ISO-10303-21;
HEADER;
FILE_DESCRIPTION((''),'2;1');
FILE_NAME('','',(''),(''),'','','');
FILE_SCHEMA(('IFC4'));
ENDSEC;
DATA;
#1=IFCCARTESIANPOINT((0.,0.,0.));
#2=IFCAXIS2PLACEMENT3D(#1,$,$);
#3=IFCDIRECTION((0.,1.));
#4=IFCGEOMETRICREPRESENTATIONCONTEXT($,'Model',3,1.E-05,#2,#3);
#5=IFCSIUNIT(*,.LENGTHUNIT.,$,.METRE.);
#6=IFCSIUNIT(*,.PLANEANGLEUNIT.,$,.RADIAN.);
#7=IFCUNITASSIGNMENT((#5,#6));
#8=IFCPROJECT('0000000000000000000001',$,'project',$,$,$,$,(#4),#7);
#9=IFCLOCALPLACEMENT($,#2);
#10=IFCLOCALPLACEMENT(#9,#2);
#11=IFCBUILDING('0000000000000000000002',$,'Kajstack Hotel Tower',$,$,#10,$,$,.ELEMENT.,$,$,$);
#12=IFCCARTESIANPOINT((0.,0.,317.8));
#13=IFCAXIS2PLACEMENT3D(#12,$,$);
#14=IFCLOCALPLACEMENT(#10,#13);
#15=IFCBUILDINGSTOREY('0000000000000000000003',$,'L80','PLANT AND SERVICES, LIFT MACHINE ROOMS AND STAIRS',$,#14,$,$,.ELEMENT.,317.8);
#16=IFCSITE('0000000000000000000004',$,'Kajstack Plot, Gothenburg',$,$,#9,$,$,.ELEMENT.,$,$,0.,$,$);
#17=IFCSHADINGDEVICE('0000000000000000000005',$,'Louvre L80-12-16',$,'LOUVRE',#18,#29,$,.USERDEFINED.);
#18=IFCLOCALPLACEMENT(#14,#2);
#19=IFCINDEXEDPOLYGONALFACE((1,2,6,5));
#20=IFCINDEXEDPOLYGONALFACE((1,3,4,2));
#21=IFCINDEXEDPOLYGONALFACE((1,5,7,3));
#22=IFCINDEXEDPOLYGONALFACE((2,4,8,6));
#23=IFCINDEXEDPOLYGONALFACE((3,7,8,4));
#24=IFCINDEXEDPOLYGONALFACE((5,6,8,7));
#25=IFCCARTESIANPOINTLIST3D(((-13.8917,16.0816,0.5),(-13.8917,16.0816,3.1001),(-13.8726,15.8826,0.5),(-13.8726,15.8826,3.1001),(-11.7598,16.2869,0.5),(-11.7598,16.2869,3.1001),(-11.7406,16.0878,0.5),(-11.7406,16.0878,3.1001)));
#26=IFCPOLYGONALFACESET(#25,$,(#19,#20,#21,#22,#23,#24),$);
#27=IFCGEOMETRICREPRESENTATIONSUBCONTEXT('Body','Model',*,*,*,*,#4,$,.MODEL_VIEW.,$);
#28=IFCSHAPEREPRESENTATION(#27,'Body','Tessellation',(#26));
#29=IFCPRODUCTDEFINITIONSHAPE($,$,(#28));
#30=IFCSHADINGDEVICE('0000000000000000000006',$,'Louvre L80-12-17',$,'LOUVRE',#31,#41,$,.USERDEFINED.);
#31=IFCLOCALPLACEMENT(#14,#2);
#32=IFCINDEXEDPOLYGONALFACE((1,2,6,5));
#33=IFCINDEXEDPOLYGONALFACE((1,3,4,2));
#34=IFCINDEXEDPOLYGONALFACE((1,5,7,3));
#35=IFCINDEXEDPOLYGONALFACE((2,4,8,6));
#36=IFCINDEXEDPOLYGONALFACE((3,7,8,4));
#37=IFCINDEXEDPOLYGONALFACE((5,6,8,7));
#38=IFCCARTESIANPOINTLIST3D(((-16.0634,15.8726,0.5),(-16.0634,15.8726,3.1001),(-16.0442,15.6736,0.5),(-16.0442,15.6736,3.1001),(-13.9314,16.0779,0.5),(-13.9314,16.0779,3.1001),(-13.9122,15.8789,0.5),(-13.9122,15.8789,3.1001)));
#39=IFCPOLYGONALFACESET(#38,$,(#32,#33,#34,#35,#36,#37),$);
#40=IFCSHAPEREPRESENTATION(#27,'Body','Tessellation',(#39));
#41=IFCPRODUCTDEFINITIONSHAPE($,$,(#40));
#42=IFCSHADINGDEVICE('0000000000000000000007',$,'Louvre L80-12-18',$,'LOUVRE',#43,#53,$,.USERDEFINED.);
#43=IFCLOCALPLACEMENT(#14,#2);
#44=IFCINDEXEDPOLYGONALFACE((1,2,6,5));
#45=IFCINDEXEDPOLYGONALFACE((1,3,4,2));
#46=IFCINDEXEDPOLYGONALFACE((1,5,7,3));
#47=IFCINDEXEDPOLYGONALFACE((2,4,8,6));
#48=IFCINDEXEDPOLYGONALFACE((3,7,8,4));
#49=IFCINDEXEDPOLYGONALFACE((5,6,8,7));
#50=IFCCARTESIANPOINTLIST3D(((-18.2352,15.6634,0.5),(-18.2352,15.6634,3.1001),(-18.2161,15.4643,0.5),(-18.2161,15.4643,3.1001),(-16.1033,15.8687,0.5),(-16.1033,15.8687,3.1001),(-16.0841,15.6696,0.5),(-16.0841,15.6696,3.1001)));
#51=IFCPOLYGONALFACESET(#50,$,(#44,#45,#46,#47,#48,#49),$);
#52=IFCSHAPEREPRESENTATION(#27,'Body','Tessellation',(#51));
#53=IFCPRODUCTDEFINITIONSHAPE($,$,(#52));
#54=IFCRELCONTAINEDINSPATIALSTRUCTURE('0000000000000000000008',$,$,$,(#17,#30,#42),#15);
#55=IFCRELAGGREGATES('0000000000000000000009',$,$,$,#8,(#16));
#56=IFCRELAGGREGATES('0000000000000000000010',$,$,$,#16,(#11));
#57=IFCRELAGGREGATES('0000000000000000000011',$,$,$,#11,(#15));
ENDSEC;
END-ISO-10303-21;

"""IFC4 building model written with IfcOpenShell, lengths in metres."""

from ifc_helpers import new_model, si_unit, direction, frame, origin, origin_2d, place, context, subcontext, project, spatial, rectangle, extrude, element, save


model = new_model("IFC4")

# Units and contexts
model_context = context("Model", 3, precision=1e-05, world=origin(), true_north=direction((0.0, 1.0)))
body_context = subcontext(model_context, "Body", "Model", "MODEL_VIEW")
ifc_project = project(units=[si_unit("LENGTHUNIT", "METRE"), si_unit("PLANEANGLEUNIT", "RADIAN")], contexts=[model_context])

# Site, building, storey
site_placement = place(None, origin())
site = spatial("IfcSite", under=ifc_project, at=site_placement, Name="Kajstack Plot, Gothenburg", CompositionType="ELEMENT", RefElevation=0.0)
building_placement = place(site_placement, origin())
building = spatial("IfcBuilding", under=site, at=building_placement, Name="Kajstack Hotel Tower", CompositionType="ELEMENT")
storey_placement = place(building_placement, frame((0.0, 0.0, 317.8)))
storey = spatial("IfcBuildingStorey", under=building, at=storey_placement, Name="L80", Description="PLANT AND SERVICES, LIFT MACHINE ROOMS AND STAIRS", CompositionType="ELEMENT", Elevation=317.8)

# Shading devices
for number, where, z_axis, x_axis, name in (
    (1, (-12.8162, 16.0847, 0.5), (0.0, 0.0, 1.0), (-0.995396, -0.095846, 0.0), "Louvre L80-12-16"),
    (2, (-14.9878, 15.8757, 0.5), (0.0, 0.0, 1.0), (-0.995396, -0.095846, 0.0), "Louvre L80-12-17"),
    (3, (-17.1597, 15.6665, 0.5), (0.0, 0.0, 1.0), (-0.995396, -0.095846, 0.0), "Louvre L80-12-18"),
):
    element("IfcShadingDevice", number, at=place(storey_placement, frame(where, z_axis=z_axis, x_axis=x_axis)), inside=storey, Name=name, ObjectType="LOUVRE", PredefinedType="USERDEFINED", context=body_context, shape_type="SweptSolid", body=[
        extrude(rectangle(XDim=2.1418, YDim=0.2, at=origin_2d()), origin(), (0.0, 0.0, 1.0), 2.6001),
    ])

save(model, "model.ifc")
